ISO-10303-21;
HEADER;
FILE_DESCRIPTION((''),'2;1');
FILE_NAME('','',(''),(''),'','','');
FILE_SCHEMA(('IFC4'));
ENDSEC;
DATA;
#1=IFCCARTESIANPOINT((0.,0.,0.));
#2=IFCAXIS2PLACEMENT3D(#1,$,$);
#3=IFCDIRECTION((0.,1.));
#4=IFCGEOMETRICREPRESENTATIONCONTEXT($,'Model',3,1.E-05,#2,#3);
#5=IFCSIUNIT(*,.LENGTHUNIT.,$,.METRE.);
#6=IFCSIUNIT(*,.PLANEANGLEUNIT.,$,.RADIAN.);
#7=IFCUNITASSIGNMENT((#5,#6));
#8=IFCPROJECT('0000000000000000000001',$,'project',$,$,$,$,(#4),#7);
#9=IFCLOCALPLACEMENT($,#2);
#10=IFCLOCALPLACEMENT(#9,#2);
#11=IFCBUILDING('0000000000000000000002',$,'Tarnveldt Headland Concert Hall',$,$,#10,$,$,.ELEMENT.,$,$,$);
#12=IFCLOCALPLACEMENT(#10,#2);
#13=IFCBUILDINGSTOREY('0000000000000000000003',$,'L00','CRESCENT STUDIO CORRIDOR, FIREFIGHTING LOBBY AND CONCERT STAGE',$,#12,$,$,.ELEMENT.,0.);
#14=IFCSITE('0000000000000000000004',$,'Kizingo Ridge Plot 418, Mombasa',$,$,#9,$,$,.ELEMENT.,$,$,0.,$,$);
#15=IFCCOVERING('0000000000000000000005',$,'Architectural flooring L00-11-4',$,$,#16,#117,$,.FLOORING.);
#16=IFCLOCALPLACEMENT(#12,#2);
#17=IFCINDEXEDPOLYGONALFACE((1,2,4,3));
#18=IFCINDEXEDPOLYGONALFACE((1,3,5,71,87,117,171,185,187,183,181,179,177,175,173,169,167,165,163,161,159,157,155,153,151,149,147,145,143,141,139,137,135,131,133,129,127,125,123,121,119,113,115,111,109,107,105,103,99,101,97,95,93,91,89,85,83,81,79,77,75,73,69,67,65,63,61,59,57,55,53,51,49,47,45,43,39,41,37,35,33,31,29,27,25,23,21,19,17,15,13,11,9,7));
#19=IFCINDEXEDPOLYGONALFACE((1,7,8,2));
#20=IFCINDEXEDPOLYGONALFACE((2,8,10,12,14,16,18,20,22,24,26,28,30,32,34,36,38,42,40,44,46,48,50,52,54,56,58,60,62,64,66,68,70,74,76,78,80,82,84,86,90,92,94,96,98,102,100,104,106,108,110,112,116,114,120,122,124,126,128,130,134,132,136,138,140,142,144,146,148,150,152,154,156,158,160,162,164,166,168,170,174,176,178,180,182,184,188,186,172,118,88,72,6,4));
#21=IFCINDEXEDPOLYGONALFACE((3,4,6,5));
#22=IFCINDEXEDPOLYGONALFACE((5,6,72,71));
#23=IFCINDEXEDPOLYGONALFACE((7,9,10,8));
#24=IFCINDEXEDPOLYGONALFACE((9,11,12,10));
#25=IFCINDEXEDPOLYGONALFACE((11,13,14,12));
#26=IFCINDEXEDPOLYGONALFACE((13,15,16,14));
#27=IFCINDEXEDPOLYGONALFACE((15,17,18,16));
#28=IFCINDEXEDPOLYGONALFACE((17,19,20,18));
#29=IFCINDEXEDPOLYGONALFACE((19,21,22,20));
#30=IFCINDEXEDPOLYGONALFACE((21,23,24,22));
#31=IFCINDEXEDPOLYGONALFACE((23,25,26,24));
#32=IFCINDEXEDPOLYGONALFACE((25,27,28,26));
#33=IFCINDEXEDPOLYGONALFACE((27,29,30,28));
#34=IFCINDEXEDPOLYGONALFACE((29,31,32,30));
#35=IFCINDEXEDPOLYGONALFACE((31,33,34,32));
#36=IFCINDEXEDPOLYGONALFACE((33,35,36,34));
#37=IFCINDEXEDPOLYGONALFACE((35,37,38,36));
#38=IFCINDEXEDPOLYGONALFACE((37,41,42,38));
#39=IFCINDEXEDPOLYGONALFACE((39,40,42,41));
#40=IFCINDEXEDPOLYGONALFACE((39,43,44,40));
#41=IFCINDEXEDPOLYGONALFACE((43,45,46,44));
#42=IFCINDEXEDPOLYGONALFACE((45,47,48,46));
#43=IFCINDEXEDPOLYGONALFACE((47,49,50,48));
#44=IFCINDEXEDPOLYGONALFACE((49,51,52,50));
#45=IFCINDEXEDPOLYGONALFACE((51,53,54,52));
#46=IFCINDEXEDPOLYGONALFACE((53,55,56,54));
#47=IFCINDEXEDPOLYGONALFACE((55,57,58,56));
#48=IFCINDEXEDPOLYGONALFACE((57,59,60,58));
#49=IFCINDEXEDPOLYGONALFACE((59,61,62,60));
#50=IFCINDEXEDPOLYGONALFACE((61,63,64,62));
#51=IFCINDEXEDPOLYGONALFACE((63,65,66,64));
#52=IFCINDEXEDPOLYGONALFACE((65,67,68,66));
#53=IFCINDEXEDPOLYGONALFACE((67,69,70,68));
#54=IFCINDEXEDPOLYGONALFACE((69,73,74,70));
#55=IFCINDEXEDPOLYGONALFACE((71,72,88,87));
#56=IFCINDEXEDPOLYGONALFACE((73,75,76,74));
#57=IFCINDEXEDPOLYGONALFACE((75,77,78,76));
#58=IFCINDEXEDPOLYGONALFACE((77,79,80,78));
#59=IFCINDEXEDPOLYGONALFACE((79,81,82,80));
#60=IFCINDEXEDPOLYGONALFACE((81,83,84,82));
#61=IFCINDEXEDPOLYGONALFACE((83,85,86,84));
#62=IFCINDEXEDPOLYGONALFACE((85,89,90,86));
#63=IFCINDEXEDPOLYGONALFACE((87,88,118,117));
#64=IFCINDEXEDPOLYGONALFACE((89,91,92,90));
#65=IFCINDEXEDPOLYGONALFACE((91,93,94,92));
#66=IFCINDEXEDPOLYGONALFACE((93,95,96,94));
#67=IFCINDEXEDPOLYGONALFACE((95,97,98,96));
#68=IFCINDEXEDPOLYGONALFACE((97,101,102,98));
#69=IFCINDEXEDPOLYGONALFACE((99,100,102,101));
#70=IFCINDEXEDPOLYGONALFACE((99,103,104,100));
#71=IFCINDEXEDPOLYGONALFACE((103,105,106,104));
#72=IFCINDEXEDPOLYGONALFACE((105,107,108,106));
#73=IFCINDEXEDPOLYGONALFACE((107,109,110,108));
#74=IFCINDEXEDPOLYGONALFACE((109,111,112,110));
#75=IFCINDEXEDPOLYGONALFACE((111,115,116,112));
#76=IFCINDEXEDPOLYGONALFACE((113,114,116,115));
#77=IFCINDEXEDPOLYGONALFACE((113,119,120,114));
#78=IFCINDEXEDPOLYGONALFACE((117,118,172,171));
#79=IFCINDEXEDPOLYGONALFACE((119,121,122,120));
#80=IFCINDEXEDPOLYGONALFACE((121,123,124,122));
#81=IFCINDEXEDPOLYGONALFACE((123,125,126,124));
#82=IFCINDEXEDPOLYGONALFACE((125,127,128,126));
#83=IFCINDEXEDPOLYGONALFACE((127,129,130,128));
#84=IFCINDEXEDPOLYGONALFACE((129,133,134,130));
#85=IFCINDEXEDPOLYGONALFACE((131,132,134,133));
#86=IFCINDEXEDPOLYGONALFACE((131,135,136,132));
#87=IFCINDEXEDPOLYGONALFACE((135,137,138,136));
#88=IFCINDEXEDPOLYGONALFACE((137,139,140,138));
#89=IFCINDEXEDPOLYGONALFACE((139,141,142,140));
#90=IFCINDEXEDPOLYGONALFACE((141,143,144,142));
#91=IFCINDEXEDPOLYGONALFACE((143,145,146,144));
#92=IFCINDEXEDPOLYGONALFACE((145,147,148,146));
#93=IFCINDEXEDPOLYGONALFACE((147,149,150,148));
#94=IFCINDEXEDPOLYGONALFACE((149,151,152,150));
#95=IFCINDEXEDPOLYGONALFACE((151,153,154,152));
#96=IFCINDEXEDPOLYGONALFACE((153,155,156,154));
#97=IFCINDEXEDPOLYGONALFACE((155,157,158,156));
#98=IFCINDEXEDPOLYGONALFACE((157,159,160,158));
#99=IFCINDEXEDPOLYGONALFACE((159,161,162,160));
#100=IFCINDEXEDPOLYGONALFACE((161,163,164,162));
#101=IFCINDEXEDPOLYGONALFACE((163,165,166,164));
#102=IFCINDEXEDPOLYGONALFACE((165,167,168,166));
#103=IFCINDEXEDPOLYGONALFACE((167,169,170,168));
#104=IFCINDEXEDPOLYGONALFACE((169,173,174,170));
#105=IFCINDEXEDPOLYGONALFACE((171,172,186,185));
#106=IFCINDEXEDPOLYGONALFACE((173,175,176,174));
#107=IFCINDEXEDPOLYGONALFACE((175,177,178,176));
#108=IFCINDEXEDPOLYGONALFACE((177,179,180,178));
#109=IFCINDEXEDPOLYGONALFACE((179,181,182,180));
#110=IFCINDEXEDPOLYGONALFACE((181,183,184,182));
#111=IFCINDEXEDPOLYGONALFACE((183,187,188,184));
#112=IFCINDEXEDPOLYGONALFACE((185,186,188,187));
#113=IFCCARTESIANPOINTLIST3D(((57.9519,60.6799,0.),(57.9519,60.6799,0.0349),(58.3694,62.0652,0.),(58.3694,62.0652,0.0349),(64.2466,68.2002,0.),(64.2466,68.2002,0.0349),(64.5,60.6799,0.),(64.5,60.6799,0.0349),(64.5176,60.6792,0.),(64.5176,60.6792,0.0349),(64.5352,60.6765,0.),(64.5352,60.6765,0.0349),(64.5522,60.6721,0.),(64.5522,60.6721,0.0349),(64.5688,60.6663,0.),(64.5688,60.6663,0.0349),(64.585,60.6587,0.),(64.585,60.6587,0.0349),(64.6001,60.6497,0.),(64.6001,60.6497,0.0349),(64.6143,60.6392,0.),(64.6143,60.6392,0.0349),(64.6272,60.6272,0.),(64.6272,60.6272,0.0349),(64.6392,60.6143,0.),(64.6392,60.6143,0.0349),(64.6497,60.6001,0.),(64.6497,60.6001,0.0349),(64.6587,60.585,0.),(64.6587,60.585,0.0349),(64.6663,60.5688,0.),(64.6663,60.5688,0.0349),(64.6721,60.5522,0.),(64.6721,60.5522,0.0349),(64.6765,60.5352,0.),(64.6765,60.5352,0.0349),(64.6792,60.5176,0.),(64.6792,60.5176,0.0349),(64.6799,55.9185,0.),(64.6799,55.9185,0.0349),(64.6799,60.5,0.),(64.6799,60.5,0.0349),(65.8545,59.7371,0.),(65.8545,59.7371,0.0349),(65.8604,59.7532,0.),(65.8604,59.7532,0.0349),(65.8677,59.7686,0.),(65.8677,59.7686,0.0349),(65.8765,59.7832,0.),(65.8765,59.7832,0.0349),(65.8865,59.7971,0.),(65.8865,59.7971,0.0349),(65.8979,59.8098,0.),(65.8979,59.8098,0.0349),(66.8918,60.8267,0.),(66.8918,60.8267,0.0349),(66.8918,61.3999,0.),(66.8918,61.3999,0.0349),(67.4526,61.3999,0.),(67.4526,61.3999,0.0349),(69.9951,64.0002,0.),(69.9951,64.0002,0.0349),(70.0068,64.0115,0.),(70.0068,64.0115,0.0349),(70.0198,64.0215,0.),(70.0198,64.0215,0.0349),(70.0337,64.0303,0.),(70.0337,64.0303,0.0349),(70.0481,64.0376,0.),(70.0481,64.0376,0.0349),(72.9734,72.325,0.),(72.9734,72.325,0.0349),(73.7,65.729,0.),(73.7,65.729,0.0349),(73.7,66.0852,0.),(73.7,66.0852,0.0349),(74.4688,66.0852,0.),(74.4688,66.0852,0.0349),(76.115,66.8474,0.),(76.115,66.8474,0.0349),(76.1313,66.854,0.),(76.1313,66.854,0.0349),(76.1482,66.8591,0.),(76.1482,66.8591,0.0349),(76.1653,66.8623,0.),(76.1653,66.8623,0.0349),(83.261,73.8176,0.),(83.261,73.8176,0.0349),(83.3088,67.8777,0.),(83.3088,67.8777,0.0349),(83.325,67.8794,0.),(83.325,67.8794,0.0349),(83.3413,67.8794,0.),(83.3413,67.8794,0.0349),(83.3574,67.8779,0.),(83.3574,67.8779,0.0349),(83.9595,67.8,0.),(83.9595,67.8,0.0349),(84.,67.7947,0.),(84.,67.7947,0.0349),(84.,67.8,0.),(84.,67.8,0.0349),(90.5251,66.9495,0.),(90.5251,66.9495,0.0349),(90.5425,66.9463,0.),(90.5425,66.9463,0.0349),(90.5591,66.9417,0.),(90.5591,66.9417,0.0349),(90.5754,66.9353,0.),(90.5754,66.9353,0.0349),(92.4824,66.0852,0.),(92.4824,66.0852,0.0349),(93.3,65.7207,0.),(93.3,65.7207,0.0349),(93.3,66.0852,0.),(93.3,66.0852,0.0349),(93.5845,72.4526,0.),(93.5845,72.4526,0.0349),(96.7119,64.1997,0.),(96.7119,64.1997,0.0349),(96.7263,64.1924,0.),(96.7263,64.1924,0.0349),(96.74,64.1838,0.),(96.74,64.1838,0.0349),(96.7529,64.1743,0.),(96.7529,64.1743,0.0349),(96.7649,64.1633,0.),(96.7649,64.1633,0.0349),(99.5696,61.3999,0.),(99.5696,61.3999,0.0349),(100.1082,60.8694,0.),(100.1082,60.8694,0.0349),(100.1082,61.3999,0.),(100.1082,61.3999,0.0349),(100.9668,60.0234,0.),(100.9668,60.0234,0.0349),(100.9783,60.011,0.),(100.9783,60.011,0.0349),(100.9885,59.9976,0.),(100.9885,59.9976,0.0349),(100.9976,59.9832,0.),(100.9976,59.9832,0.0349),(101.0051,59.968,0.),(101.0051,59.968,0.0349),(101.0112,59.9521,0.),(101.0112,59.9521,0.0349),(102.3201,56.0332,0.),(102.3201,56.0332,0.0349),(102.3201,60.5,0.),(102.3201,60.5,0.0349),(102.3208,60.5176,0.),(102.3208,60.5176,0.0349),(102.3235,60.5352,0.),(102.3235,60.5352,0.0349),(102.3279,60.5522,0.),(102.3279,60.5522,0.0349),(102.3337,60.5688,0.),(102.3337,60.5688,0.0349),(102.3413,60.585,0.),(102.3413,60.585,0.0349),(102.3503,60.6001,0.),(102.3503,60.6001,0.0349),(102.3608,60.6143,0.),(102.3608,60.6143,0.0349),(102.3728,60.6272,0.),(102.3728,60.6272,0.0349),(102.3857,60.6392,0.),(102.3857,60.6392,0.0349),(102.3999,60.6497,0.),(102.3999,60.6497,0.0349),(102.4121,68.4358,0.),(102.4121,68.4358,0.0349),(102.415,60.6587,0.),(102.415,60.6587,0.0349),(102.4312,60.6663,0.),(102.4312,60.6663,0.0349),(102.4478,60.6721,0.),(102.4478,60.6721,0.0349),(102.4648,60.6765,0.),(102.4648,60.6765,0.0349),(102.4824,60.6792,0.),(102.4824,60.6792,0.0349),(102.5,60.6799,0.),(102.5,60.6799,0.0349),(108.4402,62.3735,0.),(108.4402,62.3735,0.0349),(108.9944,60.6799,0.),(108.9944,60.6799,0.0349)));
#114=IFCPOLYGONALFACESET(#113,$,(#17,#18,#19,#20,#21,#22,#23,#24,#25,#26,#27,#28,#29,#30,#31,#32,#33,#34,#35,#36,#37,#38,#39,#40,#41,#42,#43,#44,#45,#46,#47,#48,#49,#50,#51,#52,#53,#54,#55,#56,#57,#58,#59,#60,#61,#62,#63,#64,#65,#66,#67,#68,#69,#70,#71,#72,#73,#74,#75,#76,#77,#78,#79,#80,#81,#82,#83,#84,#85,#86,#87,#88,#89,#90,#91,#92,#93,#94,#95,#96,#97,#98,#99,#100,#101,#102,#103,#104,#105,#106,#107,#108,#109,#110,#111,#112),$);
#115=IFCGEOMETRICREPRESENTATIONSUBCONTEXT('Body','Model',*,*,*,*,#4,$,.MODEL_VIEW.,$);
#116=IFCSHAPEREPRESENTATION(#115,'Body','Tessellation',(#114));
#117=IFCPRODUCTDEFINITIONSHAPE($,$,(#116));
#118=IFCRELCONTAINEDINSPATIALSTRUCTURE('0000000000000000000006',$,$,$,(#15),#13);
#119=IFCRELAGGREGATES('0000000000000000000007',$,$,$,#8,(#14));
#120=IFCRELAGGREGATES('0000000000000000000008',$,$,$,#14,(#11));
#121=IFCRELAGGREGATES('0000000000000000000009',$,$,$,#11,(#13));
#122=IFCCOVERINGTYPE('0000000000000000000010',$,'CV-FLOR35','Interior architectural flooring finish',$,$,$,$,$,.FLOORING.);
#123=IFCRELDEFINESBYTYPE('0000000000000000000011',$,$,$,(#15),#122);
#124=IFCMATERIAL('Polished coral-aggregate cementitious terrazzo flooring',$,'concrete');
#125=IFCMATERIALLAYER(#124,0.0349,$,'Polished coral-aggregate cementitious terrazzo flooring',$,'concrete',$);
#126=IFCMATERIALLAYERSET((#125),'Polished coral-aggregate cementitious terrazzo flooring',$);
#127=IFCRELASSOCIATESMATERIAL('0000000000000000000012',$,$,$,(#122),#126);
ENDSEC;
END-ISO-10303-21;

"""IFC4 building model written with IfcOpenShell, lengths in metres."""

from ifc_helpers import new_model, si_unit, direction, origin, place, context, subcontext, project, spatial, polyline, outline, extrude, material, layer, layer_set, type_object, element, save


model = new_model("IFC4")

# Units and contexts
model_context = context("Model", 3, precision=1e-05, world=origin(), true_north=direction((0.0, 1.0)))
body_context = subcontext(model_context, "Body", "Model", "MODEL_VIEW")
ifc_project = project(units=[si_unit("LENGTHUNIT", "METRE"), si_unit("PLANEANGLEUNIT", "RADIAN")], contexts=[model_context])

# Site, building, storey
site_placement = place(None, origin())
site = spatial("IfcSite", under=ifc_project, at=site_placement, Name="Kizingo Ridge Plot 418, Mombasa", CompositionType="ELEMENT", RefElevation=0.0)
building_placement = place(site_placement, origin())
building = spatial("IfcBuilding", under=site, at=building_placement, Name="Tarnveldt Headland Concert Hall", CompositionType="ELEMENT")
storey_placement = place(building_placement, origin())
storey = spatial("IfcBuildingStorey", under=building, at=storey_placement, Name="L00", Description="CRESCENT STUDIO CORRIDOR, FIREFIGHTING LOBBY AND CONCERT STAGE", CompositionType="ELEMENT", Elevation=0.0)

# Covering
ifc_material_1 = material(Name="Polished coral-aggregate cementitious terrazzo flooring", Category="concrete")
ifc_layer_1 = layer(ifc_material_1, 0.0349, Name="Polished coral-aggregate cementitious terrazzo flooring", Category="concrete")
ifc_layer_set_1 = layer_set([ifc_layer_1], Name="Polished coral-aggregate cementitious terrazzo flooring")
covering_type_1 = type_object("IfcCoveringType", Name="CV-FLOR35", Description="Interior architectural flooring finish", PredefinedType="FLOORING", material=ifc_layer_set_1)
covering_1_placement = place(storey_placement, origin())
element("IfcCovering", 1, at=covering_1_placement, inside=storey, type_object=covering_type_1, Name="Architectural flooring L00-11-4", PredefinedType="FLOORING", context=body_context, shape_type="SweptSolid", body=[
    extrude(outline(polyline([(108.9944, 60.6799), (102.5, 60.6799), (102.4824, 60.6792), (102.4648, 60.6765), (102.4478, 60.6721), (102.4312, 60.6663), (102.415, 60.6587), (102.3999, 60.6497), (102.3857, 60.6392), (102.3728, 60.6272), (102.3608, 60.6143), (102.3503, 60.6001), (102.3413, 60.585), (102.3337, 60.5688), (102.3279, 60.5522), (102.3235, 60.5352), (102.3208, 60.5176), (102.3201, 60.5), (102.3201, 56.0332), (101.0112, 59.9521), (101.0051, 59.968), (100.9976, 59.9832), (100.9885, 59.9976), (100.9783, 60.011), (100.9668, 60.0234), (100.1082, 60.8694), (100.1082, 61.3999), (99.5696, 61.3999), (96.7649, 64.1633), (96.7529, 64.1743), (96.74, 64.1838), (96.7263, 64.1924), (96.7119, 64.1997), (93.3, 65.7207), (93.3, 66.0852), (92.4824, 66.0852), (90.5754, 66.9353), (90.5591, 66.9417), (90.5425, 66.9463), (90.5251, 66.9495), (84.0, 67.7947), (84.0, 67.8), (83.9595, 67.8), (83.3574, 67.8779), (83.3413, 67.8794), (83.325, 67.8794), (83.3088, 67.8777), (76.1653, 66.8623), (76.1482, 66.8591), (76.1313, 66.854), (76.115, 66.8474), (74.4688, 66.0852), (73.7, 66.0852), (73.7, 65.729), (70.0481, 64.0376), (70.0337, 64.0303), (70.0198, 64.0215), (70.0068, 64.0115), (69.9951, 64.0002), (67.4526, 61.3999), (66.8918, 61.3999), (66.8918, 60.8267), (65.8979, 59.8098), (65.8865, 59.7971), (65.8765, 59.7832), (65.8677, 59.7686), (65.8604, 59.7532), (65.8545, 59.7371), (64.6799, 55.9185), (64.6799, 60.5), (64.6792, 60.5176), (64.6765, 60.5352), (64.6721, 60.5522), (64.6663, 60.5688), (64.6587, 60.585), (64.6497, 60.6001), (64.6392, 60.6143), (64.6272, 60.6272), (64.6143, 60.6392), (64.6001, 60.6497), (64.585, 60.6587), (64.5688, 60.6663), (64.5522, 60.6721), (64.5352, 60.6765), (64.5176, 60.6792), (64.5, 60.6799), (57.9519, 60.6799), (58.3694, 62.0652), (64.2466, 68.2002), (72.9734, 72.325), (83.261, 73.8176), (93.5845, 72.4526), (102.4121, 68.4358), (108.4402, 62.3735), (108.9944, 60.6799)])), origin(), (0.0, 0.0, 1.0), 0.0349),
])

save(model, "model.ifc")
